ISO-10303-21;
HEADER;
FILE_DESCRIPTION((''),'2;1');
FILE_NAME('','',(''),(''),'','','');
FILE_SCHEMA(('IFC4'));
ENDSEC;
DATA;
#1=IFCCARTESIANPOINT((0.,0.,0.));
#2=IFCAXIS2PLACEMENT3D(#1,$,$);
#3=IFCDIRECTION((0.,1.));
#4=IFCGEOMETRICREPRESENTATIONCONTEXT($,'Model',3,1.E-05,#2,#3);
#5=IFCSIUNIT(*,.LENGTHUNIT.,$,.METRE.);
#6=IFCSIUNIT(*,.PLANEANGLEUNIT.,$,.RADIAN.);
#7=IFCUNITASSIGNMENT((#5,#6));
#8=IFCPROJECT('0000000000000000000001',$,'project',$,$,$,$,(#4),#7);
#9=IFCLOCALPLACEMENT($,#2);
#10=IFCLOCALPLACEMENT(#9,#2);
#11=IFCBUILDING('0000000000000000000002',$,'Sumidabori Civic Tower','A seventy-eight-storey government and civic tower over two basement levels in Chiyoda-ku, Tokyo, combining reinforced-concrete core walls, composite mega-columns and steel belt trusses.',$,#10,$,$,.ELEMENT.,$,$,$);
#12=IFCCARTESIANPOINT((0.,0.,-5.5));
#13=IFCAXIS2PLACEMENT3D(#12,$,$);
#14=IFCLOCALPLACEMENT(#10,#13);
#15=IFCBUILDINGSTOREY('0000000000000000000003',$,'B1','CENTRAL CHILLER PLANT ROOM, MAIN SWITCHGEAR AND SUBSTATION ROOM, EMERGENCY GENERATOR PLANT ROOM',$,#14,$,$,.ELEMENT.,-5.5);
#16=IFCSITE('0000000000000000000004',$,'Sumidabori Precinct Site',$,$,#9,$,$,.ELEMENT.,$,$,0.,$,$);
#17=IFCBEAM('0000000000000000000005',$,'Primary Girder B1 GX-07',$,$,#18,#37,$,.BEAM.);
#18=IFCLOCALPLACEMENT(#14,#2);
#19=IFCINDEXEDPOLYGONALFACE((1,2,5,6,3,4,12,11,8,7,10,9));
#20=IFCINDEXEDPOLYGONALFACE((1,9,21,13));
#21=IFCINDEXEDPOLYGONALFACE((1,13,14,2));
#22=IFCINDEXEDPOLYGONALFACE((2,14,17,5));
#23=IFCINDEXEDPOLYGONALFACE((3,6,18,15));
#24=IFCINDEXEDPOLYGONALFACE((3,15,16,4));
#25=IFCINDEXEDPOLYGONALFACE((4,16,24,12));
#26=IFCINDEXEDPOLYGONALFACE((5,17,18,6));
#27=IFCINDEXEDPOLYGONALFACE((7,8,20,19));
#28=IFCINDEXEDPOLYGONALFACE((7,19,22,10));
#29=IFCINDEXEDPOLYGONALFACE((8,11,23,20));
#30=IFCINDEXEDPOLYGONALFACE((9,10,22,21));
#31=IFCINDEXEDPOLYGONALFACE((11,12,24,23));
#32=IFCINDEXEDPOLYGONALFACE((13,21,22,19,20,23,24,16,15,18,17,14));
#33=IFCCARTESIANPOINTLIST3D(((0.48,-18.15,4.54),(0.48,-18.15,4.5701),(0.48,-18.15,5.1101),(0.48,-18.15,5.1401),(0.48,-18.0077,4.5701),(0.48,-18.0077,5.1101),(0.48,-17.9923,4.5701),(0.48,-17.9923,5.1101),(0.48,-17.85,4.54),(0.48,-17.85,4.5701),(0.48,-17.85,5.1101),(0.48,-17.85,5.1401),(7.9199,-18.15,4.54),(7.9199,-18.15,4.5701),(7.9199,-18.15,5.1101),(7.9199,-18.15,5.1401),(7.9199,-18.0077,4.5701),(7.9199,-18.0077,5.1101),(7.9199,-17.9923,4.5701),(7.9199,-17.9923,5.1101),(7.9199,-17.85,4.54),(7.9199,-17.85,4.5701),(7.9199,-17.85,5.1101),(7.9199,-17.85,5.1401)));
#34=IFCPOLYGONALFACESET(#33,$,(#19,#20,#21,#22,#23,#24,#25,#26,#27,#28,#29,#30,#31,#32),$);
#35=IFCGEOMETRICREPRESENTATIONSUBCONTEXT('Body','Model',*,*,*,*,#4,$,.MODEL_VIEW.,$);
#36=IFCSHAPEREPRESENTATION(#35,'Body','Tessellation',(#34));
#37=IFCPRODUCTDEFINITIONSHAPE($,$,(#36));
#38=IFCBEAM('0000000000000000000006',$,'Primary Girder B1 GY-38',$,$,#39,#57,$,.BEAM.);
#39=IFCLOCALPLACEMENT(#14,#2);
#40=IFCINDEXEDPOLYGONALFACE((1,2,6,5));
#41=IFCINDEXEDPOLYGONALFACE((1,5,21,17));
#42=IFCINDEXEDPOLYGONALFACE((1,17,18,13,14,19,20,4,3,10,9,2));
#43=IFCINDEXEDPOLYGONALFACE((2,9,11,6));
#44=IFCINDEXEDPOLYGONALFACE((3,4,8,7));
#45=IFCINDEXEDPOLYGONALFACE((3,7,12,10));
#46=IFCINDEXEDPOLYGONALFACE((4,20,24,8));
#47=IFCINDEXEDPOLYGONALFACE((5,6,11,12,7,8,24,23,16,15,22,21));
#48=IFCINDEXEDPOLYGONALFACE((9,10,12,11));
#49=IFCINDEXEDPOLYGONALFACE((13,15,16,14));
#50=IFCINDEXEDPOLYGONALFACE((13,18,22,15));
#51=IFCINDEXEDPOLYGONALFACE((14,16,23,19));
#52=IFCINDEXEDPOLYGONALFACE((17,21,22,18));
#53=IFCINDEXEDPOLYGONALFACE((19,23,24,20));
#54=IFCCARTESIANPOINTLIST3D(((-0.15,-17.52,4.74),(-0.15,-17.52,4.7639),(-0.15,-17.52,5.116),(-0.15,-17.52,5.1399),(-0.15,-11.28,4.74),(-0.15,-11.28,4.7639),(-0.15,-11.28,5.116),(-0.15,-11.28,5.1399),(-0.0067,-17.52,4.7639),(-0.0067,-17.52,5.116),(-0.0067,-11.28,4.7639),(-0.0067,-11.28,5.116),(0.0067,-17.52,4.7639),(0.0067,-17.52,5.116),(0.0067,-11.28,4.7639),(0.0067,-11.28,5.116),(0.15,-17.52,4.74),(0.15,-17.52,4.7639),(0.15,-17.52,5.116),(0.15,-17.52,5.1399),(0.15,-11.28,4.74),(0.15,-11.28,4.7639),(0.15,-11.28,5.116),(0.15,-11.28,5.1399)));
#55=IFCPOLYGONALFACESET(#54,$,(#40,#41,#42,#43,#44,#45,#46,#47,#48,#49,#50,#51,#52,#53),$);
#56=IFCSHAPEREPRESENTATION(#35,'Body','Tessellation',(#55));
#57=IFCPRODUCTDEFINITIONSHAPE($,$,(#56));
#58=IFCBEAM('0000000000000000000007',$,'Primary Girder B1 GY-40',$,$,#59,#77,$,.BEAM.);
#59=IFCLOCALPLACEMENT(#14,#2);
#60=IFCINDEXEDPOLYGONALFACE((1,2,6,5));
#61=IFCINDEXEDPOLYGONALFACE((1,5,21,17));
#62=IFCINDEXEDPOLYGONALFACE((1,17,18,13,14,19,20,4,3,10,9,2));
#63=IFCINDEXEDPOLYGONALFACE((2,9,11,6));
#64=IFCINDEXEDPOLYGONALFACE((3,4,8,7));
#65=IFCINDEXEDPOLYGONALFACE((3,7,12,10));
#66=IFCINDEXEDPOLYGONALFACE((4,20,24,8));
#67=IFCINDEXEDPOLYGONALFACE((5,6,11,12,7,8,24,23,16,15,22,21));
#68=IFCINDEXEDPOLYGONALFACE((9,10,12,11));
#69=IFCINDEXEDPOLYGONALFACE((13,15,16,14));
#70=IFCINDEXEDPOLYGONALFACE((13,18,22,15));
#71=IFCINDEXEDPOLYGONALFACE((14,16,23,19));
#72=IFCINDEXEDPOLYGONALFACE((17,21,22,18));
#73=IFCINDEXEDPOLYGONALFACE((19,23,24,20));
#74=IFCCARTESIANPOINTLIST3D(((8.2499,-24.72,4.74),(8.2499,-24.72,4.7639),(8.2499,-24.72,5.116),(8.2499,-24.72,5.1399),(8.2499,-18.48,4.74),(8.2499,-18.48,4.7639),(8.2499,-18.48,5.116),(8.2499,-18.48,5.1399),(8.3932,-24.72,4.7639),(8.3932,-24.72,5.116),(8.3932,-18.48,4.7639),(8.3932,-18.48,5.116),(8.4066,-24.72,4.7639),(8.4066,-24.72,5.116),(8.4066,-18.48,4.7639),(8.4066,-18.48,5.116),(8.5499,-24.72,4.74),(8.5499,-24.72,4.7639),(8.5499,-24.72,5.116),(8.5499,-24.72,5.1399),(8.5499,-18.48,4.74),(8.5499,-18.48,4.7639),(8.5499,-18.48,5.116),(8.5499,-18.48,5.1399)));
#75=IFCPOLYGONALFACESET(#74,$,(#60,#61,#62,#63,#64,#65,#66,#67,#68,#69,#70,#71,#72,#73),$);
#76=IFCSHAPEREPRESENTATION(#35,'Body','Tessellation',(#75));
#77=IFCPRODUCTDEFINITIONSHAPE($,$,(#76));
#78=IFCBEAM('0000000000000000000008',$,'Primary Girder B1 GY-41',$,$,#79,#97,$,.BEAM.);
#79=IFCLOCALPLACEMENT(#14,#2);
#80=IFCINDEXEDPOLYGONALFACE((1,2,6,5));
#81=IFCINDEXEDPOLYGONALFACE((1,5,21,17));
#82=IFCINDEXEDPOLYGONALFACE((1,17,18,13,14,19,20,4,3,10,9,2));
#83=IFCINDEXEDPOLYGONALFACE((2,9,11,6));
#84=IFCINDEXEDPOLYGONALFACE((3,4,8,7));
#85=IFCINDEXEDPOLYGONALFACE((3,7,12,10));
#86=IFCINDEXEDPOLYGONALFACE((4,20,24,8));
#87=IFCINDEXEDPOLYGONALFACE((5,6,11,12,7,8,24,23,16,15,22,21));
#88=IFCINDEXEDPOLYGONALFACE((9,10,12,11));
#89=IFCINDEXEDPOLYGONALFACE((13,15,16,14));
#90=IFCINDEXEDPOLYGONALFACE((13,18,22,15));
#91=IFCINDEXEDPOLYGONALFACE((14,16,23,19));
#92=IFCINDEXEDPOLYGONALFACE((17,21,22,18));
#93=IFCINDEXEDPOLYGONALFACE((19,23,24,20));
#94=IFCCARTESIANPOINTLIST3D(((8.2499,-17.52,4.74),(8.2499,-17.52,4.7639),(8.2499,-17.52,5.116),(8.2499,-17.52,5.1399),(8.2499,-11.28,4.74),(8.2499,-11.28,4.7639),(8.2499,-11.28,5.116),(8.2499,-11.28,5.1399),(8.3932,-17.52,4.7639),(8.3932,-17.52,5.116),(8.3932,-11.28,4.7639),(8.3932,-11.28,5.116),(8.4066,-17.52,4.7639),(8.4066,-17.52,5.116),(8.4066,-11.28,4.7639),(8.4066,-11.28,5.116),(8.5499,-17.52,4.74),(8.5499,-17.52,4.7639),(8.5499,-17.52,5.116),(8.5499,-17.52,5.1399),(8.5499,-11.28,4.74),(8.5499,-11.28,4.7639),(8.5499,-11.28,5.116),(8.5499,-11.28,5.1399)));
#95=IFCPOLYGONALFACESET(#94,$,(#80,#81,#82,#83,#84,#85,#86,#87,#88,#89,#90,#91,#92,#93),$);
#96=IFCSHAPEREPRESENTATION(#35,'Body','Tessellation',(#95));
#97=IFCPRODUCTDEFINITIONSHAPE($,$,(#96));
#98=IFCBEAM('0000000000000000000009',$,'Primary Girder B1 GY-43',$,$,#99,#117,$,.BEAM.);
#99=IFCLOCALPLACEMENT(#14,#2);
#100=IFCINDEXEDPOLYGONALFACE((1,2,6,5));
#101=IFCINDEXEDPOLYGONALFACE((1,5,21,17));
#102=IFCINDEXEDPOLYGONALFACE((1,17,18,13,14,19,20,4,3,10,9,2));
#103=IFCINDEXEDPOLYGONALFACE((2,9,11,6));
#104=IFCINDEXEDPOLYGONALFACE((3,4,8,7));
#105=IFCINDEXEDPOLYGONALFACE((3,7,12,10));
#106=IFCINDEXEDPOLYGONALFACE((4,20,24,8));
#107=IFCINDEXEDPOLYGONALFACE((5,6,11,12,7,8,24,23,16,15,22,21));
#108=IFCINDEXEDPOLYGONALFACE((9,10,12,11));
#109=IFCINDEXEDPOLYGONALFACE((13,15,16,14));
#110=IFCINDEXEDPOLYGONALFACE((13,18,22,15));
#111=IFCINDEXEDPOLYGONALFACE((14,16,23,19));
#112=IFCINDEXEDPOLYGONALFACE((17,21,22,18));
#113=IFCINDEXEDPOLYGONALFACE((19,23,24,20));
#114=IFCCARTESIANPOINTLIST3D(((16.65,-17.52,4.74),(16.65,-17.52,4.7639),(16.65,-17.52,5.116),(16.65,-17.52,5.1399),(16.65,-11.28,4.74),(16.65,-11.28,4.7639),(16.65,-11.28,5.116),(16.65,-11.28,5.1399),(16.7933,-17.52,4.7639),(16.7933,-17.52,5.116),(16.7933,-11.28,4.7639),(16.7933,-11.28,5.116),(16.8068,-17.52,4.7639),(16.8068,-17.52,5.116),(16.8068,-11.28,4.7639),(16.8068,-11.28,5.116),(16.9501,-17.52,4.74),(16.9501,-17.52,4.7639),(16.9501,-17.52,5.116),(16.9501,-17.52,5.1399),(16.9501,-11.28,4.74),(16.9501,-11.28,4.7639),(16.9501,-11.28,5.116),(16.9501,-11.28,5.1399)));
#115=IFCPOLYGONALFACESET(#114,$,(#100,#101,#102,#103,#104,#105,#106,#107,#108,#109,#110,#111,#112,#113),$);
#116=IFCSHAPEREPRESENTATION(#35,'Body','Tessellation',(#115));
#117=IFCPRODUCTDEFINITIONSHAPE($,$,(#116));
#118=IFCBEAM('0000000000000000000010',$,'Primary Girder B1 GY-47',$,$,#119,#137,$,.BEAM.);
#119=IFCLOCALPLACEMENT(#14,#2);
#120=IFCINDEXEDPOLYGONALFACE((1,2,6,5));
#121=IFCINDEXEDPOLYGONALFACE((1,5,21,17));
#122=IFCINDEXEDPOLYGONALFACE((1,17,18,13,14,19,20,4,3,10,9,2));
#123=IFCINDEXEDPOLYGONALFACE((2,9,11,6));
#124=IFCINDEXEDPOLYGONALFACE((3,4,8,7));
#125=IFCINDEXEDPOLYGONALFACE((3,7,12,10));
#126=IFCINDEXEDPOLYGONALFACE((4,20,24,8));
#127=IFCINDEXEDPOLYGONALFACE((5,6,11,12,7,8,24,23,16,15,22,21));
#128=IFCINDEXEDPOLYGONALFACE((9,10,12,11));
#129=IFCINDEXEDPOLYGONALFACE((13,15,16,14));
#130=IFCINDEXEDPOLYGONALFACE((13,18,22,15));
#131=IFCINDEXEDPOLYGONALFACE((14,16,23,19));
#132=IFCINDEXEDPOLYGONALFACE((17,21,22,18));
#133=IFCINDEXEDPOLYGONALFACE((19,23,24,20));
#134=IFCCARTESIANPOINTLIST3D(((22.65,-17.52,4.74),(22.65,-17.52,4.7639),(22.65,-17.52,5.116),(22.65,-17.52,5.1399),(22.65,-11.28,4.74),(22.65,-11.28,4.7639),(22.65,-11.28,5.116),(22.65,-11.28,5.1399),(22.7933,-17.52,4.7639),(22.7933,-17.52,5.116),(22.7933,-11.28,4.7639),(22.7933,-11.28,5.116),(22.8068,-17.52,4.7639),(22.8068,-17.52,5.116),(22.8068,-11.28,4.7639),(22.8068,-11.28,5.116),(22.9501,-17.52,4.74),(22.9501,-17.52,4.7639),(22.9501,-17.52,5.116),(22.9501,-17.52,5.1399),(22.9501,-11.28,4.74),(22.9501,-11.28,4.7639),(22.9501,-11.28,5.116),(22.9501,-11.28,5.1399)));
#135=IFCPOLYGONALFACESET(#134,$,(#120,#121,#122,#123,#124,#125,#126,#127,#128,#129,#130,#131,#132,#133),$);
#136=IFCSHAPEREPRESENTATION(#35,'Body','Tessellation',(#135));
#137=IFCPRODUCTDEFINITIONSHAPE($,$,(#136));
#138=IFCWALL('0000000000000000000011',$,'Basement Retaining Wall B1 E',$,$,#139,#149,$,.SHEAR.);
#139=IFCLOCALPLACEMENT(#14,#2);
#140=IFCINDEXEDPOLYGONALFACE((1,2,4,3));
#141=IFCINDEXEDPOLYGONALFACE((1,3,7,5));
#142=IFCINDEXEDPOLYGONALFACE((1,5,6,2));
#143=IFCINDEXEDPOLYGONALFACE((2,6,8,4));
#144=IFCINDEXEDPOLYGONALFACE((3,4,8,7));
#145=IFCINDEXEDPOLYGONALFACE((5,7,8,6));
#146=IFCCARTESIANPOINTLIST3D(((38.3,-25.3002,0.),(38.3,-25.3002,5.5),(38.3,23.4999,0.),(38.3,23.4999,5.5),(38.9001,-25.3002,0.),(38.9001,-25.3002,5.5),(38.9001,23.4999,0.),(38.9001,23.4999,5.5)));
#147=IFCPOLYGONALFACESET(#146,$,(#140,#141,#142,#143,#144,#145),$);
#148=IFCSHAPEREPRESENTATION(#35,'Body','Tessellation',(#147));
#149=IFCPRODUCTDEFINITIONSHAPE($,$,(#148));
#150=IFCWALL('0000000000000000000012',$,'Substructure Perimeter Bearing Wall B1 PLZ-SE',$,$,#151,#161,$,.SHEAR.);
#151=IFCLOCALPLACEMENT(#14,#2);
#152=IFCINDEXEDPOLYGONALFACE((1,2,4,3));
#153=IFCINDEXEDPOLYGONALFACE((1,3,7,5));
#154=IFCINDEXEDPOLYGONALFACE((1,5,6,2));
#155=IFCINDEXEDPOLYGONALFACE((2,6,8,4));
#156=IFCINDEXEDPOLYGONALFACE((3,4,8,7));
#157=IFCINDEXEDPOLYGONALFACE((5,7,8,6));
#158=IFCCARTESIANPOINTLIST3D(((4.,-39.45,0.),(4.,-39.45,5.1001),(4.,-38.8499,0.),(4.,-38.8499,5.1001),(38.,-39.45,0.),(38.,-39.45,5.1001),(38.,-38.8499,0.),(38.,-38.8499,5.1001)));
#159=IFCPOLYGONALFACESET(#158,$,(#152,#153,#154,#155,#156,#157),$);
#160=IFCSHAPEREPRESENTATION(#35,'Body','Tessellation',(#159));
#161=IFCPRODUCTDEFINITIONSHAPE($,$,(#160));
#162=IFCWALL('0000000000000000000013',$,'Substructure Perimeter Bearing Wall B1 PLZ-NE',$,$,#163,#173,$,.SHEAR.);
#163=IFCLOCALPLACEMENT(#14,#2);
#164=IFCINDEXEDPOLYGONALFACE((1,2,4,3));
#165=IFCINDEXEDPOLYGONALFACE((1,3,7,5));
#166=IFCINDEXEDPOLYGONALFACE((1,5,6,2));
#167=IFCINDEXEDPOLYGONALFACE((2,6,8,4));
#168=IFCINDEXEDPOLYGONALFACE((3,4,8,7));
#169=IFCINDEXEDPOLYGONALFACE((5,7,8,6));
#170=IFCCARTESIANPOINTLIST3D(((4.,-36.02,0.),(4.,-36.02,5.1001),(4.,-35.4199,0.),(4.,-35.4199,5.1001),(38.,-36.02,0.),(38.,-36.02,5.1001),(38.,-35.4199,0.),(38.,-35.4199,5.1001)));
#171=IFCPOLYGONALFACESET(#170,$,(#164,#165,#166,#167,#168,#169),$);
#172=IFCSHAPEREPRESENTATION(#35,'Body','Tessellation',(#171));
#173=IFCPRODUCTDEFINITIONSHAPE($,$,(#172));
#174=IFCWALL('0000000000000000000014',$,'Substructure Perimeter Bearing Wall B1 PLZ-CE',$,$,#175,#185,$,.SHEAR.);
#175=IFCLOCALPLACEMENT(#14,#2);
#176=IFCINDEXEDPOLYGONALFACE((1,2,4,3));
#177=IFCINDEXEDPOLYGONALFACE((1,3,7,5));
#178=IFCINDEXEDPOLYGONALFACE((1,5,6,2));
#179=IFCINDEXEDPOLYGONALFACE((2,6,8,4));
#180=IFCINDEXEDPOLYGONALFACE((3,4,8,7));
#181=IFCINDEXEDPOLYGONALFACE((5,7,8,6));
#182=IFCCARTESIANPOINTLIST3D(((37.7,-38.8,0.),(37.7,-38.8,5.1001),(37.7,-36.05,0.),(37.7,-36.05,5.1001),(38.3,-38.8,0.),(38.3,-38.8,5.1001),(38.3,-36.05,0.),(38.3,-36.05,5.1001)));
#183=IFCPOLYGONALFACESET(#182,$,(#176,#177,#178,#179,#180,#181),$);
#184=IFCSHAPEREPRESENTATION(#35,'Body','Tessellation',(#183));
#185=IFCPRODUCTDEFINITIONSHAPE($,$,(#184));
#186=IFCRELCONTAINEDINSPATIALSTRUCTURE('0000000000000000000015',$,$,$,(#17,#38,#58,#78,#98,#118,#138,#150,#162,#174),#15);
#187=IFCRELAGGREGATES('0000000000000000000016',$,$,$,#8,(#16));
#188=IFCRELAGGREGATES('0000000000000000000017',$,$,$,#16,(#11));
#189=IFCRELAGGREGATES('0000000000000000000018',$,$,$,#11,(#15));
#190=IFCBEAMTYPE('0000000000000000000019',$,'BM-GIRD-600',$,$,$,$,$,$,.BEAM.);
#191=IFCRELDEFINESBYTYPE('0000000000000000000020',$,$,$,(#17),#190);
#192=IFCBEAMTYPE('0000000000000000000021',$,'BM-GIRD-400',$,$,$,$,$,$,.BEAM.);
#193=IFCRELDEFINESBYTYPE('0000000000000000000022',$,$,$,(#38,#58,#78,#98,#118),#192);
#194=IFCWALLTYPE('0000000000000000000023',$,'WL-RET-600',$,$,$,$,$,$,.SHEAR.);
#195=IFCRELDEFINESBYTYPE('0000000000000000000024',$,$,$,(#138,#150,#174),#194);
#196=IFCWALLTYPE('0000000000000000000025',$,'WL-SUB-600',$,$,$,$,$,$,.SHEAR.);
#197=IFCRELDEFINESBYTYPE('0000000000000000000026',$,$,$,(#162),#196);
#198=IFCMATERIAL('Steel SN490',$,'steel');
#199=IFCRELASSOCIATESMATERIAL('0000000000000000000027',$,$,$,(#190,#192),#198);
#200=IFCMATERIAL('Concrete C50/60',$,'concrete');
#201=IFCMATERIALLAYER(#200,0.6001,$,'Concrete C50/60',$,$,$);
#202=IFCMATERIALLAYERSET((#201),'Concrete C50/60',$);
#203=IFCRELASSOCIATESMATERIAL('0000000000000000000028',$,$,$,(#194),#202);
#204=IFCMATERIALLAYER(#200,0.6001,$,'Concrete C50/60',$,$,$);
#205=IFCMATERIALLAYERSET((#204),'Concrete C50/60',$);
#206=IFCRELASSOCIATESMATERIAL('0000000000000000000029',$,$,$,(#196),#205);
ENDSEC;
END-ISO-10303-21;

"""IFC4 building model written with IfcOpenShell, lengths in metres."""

from ifc_helpers import new_model, si_unit, direction, frame, frame_2d, origin, origin_2d, place, context, subcontext, project, spatial, rectangle, i_section, extrude, source, transform, mapped, material, layer, layer_set, material_profile, profile_set, type_object, element, save


model = new_model("IFC4")

# Units and contexts
model_context = context("Model", 3, precision=1e-05, world=origin(), true_north=direction((0.0, 1.0)))
body_context = subcontext(model_context, "Body", "Model", "MODEL_VIEW")
ifc_project = project(units=[si_unit("LENGTHUNIT", "METRE"), si_unit("PLANEANGLEUNIT", "RADIAN")], contexts=[model_context])

# Site, building, storey
site_placement = place(None, origin())
site = spatial("IfcSite", under=ifc_project, at=site_placement, Name="Sumidabori Precinct Site", CompositionType="ELEMENT", RefElevation=0.0)
building_placement = place(site_placement, origin())
building = spatial("IfcBuilding", under=site, at=building_placement, Name="Sumidabori Civic Tower", Description="A seventy-eight-storey government and civic tower over two basement levels in Chiyoda-ku, Tokyo, combining reinforced-concrete core walls, composite mega-columns and steel belt trusses.", CompositionType="ELEMENT")
storey_placement = place(building_placement, frame((0.0, 0.0, -5.5)))
storey = spatial("IfcBuildingStorey", under=building, at=storey_placement, Name="B1", Description="CENTRAL CHILLER PLANT ROOM, MAIN SWITCHGEAR AND SUBSTATION ROOM, EMERGENCY GENERATOR PLANT ROOM", CompositionType="ELEMENT", Elevation=-5.5)

# Beams
ifc_material_1 = material(Name="Steel SN490", Category="steel")
ifc_material_profile_1 = material_profile(ifc_material_1, i_section(OverallWidth=0.3, OverallDepth=0.6001, WebThickness=0.0154, FlangeThickness=0.03, at=origin_2d()), Name="HE 600 B")
ifc_profile_set_1 = profile_set([ifc_material_profile_1], Name="Steel SN490")
beam_type_1 = type_object("IfcBeamType", Name="BM-GIRD-600", PredefinedType="BEAM", material=ifc_profile_set_1)
shared_shape_1 = source(origin(), body_context, "Body", "SweptSolid", [
    extrude(i_section(OverallWidth=0.3, OverallDepth=0.6001, WebThickness=0.0154, FlangeThickness=0.03, at=origin_2d()), origin(), (0.0, 0.0, 1.0), 7.4399),
])
beam_1_placement = place(storey_placement, frame((0.48, -18.0, 4.8401), z_axis=(1.0, 0.0, 0.0), x_axis=(0.0, 1.0, 0.0)))
element("IfcBeam", 1, at=beam_1_placement, inside=storey, type_object=beam_type_1, Name="Primary Girder B1 GX-07", PredefinedType="BEAM", context=body_context, shape_type="MappedRepresentation", body=[
    mapped(shared_shape_1, transform((0.0, 0.0, 0.0), x_axis=(1.0, 0.0, 0.0), y_axis=(0.0, 1.0, 0.0), z_axis=(0.0, 0.0, 1.0), scale=1.0)),
])
ifc_material_profile_2 = material_profile(ifc_material_1, i_section(OverallWidth=0.3, OverallDepth=0.3999, WebThickness=0.0134, FlangeThickness=0.0239, at=origin_2d()), Name="HE 400 B")
ifc_profile_set_2 = profile_set([ifc_material_profile_2], Name="Steel SN490")
beam_type_2 = type_object("IfcBeamType", Name="BM-GIRD-400", PredefinedType="BEAM", material=ifc_profile_set_2)
shared_shape_2 = source(origin(), body_context, "Body", "SweptSolid", [
    extrude(i_section(OverallWidth=0.3, OverallDepth=0.3999, WebThickness=0.0134, FlangeThickness=0.0239, at=origin_2d()), origin(), (0.0, 0.0, 1.0), 6.24),
])
for number, where, z_axis, x_axis, name in (
    (2, (0.0, -17.52, 4.9399), (0.0, 1.0, 0.0), (-1.0, 0.0, 0.0), "Primary Girder B1 GY-38"),
    (3, (8.3999, -24.72, 4.9399), (0.0, 1.0, 0.0), (-1.0, 0.0, 0.0), "Primary Girder B1 GY-40"),
    (4, (8.3999, -17.52, 4.9399), (0.0, 1.0, 0.0), (-1.0, 0.0, 0.0), "Primary Girder B1 GY-41"),
    (5, (16.8, -17.52, 4.9399), (0.0, 1.0, 0.0), (-1.0, 0.0, 0.0), "Primary Girder B1 GY-43"),
    (6, (22.8, -17.52, 4.9399), (0.0, 1.0, 0.0), (-1.0, 0.0, 0.0), "Primary Girder B1 GY-47"),
):
    element("IfcBeam", number, at=place(storey_placement, frame(where, z_axis=z_axis, x_axis=x_axis)), inside=storey, type_object=beam_type_2, Name=name, PredefinedType="BEAM", context=body_context, shape_type="MappedRepresentation", body=[
        mapped(shared_shape_2, transform((0.0, 0.0, 0.0), x_axis=(1.0, 0.0, 0.0), y_axis=(0.0, 1.0, 0.0), z_axis=(0.0, 0.0, 1.0), scale=1.0)),
    ])

# Walls
ifc_material_2 = material(Name="Concrete C50/60", Category="concrete")
ifc_layer_1 = layer(ifc_material_2, 0.6001, Name="Concrete C50/60")
ifc_layer_set_1 = layer_set([ifc_layer_1], Name="Concrete C50/60")
wall_type_1 = type_object("IfcWallType", Name="WL-RET-600", PredefinedType="SHEAR", material=ifc_layer_set_1)
shared_shape_3 = source(origin(), body_context, "Body", "SweptSolid", [
    extrude(rectangle(XDim=48.8, YDim=0.6001, at=frame_2d((24.3999, 0.0))), origin(), (0.0, 0.0, 1.0), 5.5),
])
wall_1_placement = place(storey_placement, frame((38.6001, -25.3, 0.0), z_axis=(0.0, 0.0, 1.0), x_axis=(0.0, 1.0, 0.0)))
element("IfcWall", 7, at=wall_1_placement, inside=storey, type_object=wall_type_1, Name="Basement Retaining Wall B1 E", PredefinedType="SHEAR", context=body_context, shape_type="MappedRepresentation", body=[
    mapped(shared_shape_3, transform((0.0, 0.0, 0.0), x_axis=(1.0, 0.0, 0.0), y_axis=(0.0, 1.0, 0.0), z_axis=(0.0, 0.0, 1.0), scale=1.0)),
])
shared_shape_4 = source(origin(), body_context, "Body", "SweptSolid", [
    extrude(rectangle(XDim=34.0, YDim=0.6001, at=frame_2d((17.0, 0.0))), origin(), (0.0, 0.0, 1.0), 5.1001),
])
wall_2_placement = place(storey_placement, frame((4.0, -39.1499, 0.0), z_axis=(0.0, 0.0, 1.0), x_axis=(1.0, 0.0, 0.0)))
element("IfcWall", 8, at=wall_2_placement, inside=storey, type_object=wall_type_1, Name="Substructure Perimeter Bearing Wall B1 PLZ-SE", PredefinedType="SHEAR", context=body_context, shape_type="MappedRepresentation", body=[
    mapped(shared_shape_4, transform((0.0, 0.0, 0.0), x_axis=(1.0, 0.0, 0.0), y_axis=(0.0, 1.0, 0.0), z_axis=(0.0, 0.0, 1.0), scale=1.0)),
])
ifc_layer_2 = layer(ifc_material_2, 0.6001, Name="Concrete C50/60")
ifc_layer_set_2 = layer_set([ifc_layer_2], Name="Concrete C50/60")
wall_type_2 = type_object("IfcWallType", Name="WL-SUB-600", PredefinedType="SHEAR", material=ifc_layer_set_2)
wall_3_placement = place(storey_placement, frame((4.0, -35.72, 0.0), z_axis=(0.0, 0.0, 1.0), x_axis=(1.0, 0.0, 0.0)))
element("IfcWall", 9, at=wall_3_placement, inside=storey, type_object=wall_type_2, Name="Substructure Perimeter Bearing Wall B1 PLZ-NE", PredefinedType="SHEAR", context=body_context, shape_type="MappedRepresentation", body=[
    mapped(shared_shape_4, transform((0.0, 0.0, 0.0), x_axis=(1.0, 0.0, 0.0), y_axis=(0.0, 1.0, 0.0), z_axis=(0.0, 0.0, 1.0), scale=1.0)),
])
shared_shape_5 = source(origin(), body_context, "Body", "SweptSolid", [
    extrude(rectangle(XDim=2.75, YDim=0.6001, at=frame_2d((1.375, 0.0))), origin(), (0.0, 0.0, 1.0), 5.1001),
])
wall_4_placement = place(storey_placement, frame((38.0, -38.8, 0.0), z_axis=(0.0, 0.0, 1.0), x_axis=(0.0, 1.0, 0.0)))
element("IfcWall", 10, at=wall_4_placement, inside=storey, type_object=wall_type_1, Name="Substructure Perimeter Bearing Wall B1 PLZ-CE", PredefinedType="SHEAR", context=body_context, shape_type="MappedRepresentation", body=[
    mapped(shared_shape_5, transform((0.0, 0.0, 0.0), x_axis=(1.0, 0.0, 0.0), y_axis=(0.0, 1.0, 0.0), z_axis=(0.0, 0.0, 1.0), scale=1.0)),
])

save(model, "model.ifc")
